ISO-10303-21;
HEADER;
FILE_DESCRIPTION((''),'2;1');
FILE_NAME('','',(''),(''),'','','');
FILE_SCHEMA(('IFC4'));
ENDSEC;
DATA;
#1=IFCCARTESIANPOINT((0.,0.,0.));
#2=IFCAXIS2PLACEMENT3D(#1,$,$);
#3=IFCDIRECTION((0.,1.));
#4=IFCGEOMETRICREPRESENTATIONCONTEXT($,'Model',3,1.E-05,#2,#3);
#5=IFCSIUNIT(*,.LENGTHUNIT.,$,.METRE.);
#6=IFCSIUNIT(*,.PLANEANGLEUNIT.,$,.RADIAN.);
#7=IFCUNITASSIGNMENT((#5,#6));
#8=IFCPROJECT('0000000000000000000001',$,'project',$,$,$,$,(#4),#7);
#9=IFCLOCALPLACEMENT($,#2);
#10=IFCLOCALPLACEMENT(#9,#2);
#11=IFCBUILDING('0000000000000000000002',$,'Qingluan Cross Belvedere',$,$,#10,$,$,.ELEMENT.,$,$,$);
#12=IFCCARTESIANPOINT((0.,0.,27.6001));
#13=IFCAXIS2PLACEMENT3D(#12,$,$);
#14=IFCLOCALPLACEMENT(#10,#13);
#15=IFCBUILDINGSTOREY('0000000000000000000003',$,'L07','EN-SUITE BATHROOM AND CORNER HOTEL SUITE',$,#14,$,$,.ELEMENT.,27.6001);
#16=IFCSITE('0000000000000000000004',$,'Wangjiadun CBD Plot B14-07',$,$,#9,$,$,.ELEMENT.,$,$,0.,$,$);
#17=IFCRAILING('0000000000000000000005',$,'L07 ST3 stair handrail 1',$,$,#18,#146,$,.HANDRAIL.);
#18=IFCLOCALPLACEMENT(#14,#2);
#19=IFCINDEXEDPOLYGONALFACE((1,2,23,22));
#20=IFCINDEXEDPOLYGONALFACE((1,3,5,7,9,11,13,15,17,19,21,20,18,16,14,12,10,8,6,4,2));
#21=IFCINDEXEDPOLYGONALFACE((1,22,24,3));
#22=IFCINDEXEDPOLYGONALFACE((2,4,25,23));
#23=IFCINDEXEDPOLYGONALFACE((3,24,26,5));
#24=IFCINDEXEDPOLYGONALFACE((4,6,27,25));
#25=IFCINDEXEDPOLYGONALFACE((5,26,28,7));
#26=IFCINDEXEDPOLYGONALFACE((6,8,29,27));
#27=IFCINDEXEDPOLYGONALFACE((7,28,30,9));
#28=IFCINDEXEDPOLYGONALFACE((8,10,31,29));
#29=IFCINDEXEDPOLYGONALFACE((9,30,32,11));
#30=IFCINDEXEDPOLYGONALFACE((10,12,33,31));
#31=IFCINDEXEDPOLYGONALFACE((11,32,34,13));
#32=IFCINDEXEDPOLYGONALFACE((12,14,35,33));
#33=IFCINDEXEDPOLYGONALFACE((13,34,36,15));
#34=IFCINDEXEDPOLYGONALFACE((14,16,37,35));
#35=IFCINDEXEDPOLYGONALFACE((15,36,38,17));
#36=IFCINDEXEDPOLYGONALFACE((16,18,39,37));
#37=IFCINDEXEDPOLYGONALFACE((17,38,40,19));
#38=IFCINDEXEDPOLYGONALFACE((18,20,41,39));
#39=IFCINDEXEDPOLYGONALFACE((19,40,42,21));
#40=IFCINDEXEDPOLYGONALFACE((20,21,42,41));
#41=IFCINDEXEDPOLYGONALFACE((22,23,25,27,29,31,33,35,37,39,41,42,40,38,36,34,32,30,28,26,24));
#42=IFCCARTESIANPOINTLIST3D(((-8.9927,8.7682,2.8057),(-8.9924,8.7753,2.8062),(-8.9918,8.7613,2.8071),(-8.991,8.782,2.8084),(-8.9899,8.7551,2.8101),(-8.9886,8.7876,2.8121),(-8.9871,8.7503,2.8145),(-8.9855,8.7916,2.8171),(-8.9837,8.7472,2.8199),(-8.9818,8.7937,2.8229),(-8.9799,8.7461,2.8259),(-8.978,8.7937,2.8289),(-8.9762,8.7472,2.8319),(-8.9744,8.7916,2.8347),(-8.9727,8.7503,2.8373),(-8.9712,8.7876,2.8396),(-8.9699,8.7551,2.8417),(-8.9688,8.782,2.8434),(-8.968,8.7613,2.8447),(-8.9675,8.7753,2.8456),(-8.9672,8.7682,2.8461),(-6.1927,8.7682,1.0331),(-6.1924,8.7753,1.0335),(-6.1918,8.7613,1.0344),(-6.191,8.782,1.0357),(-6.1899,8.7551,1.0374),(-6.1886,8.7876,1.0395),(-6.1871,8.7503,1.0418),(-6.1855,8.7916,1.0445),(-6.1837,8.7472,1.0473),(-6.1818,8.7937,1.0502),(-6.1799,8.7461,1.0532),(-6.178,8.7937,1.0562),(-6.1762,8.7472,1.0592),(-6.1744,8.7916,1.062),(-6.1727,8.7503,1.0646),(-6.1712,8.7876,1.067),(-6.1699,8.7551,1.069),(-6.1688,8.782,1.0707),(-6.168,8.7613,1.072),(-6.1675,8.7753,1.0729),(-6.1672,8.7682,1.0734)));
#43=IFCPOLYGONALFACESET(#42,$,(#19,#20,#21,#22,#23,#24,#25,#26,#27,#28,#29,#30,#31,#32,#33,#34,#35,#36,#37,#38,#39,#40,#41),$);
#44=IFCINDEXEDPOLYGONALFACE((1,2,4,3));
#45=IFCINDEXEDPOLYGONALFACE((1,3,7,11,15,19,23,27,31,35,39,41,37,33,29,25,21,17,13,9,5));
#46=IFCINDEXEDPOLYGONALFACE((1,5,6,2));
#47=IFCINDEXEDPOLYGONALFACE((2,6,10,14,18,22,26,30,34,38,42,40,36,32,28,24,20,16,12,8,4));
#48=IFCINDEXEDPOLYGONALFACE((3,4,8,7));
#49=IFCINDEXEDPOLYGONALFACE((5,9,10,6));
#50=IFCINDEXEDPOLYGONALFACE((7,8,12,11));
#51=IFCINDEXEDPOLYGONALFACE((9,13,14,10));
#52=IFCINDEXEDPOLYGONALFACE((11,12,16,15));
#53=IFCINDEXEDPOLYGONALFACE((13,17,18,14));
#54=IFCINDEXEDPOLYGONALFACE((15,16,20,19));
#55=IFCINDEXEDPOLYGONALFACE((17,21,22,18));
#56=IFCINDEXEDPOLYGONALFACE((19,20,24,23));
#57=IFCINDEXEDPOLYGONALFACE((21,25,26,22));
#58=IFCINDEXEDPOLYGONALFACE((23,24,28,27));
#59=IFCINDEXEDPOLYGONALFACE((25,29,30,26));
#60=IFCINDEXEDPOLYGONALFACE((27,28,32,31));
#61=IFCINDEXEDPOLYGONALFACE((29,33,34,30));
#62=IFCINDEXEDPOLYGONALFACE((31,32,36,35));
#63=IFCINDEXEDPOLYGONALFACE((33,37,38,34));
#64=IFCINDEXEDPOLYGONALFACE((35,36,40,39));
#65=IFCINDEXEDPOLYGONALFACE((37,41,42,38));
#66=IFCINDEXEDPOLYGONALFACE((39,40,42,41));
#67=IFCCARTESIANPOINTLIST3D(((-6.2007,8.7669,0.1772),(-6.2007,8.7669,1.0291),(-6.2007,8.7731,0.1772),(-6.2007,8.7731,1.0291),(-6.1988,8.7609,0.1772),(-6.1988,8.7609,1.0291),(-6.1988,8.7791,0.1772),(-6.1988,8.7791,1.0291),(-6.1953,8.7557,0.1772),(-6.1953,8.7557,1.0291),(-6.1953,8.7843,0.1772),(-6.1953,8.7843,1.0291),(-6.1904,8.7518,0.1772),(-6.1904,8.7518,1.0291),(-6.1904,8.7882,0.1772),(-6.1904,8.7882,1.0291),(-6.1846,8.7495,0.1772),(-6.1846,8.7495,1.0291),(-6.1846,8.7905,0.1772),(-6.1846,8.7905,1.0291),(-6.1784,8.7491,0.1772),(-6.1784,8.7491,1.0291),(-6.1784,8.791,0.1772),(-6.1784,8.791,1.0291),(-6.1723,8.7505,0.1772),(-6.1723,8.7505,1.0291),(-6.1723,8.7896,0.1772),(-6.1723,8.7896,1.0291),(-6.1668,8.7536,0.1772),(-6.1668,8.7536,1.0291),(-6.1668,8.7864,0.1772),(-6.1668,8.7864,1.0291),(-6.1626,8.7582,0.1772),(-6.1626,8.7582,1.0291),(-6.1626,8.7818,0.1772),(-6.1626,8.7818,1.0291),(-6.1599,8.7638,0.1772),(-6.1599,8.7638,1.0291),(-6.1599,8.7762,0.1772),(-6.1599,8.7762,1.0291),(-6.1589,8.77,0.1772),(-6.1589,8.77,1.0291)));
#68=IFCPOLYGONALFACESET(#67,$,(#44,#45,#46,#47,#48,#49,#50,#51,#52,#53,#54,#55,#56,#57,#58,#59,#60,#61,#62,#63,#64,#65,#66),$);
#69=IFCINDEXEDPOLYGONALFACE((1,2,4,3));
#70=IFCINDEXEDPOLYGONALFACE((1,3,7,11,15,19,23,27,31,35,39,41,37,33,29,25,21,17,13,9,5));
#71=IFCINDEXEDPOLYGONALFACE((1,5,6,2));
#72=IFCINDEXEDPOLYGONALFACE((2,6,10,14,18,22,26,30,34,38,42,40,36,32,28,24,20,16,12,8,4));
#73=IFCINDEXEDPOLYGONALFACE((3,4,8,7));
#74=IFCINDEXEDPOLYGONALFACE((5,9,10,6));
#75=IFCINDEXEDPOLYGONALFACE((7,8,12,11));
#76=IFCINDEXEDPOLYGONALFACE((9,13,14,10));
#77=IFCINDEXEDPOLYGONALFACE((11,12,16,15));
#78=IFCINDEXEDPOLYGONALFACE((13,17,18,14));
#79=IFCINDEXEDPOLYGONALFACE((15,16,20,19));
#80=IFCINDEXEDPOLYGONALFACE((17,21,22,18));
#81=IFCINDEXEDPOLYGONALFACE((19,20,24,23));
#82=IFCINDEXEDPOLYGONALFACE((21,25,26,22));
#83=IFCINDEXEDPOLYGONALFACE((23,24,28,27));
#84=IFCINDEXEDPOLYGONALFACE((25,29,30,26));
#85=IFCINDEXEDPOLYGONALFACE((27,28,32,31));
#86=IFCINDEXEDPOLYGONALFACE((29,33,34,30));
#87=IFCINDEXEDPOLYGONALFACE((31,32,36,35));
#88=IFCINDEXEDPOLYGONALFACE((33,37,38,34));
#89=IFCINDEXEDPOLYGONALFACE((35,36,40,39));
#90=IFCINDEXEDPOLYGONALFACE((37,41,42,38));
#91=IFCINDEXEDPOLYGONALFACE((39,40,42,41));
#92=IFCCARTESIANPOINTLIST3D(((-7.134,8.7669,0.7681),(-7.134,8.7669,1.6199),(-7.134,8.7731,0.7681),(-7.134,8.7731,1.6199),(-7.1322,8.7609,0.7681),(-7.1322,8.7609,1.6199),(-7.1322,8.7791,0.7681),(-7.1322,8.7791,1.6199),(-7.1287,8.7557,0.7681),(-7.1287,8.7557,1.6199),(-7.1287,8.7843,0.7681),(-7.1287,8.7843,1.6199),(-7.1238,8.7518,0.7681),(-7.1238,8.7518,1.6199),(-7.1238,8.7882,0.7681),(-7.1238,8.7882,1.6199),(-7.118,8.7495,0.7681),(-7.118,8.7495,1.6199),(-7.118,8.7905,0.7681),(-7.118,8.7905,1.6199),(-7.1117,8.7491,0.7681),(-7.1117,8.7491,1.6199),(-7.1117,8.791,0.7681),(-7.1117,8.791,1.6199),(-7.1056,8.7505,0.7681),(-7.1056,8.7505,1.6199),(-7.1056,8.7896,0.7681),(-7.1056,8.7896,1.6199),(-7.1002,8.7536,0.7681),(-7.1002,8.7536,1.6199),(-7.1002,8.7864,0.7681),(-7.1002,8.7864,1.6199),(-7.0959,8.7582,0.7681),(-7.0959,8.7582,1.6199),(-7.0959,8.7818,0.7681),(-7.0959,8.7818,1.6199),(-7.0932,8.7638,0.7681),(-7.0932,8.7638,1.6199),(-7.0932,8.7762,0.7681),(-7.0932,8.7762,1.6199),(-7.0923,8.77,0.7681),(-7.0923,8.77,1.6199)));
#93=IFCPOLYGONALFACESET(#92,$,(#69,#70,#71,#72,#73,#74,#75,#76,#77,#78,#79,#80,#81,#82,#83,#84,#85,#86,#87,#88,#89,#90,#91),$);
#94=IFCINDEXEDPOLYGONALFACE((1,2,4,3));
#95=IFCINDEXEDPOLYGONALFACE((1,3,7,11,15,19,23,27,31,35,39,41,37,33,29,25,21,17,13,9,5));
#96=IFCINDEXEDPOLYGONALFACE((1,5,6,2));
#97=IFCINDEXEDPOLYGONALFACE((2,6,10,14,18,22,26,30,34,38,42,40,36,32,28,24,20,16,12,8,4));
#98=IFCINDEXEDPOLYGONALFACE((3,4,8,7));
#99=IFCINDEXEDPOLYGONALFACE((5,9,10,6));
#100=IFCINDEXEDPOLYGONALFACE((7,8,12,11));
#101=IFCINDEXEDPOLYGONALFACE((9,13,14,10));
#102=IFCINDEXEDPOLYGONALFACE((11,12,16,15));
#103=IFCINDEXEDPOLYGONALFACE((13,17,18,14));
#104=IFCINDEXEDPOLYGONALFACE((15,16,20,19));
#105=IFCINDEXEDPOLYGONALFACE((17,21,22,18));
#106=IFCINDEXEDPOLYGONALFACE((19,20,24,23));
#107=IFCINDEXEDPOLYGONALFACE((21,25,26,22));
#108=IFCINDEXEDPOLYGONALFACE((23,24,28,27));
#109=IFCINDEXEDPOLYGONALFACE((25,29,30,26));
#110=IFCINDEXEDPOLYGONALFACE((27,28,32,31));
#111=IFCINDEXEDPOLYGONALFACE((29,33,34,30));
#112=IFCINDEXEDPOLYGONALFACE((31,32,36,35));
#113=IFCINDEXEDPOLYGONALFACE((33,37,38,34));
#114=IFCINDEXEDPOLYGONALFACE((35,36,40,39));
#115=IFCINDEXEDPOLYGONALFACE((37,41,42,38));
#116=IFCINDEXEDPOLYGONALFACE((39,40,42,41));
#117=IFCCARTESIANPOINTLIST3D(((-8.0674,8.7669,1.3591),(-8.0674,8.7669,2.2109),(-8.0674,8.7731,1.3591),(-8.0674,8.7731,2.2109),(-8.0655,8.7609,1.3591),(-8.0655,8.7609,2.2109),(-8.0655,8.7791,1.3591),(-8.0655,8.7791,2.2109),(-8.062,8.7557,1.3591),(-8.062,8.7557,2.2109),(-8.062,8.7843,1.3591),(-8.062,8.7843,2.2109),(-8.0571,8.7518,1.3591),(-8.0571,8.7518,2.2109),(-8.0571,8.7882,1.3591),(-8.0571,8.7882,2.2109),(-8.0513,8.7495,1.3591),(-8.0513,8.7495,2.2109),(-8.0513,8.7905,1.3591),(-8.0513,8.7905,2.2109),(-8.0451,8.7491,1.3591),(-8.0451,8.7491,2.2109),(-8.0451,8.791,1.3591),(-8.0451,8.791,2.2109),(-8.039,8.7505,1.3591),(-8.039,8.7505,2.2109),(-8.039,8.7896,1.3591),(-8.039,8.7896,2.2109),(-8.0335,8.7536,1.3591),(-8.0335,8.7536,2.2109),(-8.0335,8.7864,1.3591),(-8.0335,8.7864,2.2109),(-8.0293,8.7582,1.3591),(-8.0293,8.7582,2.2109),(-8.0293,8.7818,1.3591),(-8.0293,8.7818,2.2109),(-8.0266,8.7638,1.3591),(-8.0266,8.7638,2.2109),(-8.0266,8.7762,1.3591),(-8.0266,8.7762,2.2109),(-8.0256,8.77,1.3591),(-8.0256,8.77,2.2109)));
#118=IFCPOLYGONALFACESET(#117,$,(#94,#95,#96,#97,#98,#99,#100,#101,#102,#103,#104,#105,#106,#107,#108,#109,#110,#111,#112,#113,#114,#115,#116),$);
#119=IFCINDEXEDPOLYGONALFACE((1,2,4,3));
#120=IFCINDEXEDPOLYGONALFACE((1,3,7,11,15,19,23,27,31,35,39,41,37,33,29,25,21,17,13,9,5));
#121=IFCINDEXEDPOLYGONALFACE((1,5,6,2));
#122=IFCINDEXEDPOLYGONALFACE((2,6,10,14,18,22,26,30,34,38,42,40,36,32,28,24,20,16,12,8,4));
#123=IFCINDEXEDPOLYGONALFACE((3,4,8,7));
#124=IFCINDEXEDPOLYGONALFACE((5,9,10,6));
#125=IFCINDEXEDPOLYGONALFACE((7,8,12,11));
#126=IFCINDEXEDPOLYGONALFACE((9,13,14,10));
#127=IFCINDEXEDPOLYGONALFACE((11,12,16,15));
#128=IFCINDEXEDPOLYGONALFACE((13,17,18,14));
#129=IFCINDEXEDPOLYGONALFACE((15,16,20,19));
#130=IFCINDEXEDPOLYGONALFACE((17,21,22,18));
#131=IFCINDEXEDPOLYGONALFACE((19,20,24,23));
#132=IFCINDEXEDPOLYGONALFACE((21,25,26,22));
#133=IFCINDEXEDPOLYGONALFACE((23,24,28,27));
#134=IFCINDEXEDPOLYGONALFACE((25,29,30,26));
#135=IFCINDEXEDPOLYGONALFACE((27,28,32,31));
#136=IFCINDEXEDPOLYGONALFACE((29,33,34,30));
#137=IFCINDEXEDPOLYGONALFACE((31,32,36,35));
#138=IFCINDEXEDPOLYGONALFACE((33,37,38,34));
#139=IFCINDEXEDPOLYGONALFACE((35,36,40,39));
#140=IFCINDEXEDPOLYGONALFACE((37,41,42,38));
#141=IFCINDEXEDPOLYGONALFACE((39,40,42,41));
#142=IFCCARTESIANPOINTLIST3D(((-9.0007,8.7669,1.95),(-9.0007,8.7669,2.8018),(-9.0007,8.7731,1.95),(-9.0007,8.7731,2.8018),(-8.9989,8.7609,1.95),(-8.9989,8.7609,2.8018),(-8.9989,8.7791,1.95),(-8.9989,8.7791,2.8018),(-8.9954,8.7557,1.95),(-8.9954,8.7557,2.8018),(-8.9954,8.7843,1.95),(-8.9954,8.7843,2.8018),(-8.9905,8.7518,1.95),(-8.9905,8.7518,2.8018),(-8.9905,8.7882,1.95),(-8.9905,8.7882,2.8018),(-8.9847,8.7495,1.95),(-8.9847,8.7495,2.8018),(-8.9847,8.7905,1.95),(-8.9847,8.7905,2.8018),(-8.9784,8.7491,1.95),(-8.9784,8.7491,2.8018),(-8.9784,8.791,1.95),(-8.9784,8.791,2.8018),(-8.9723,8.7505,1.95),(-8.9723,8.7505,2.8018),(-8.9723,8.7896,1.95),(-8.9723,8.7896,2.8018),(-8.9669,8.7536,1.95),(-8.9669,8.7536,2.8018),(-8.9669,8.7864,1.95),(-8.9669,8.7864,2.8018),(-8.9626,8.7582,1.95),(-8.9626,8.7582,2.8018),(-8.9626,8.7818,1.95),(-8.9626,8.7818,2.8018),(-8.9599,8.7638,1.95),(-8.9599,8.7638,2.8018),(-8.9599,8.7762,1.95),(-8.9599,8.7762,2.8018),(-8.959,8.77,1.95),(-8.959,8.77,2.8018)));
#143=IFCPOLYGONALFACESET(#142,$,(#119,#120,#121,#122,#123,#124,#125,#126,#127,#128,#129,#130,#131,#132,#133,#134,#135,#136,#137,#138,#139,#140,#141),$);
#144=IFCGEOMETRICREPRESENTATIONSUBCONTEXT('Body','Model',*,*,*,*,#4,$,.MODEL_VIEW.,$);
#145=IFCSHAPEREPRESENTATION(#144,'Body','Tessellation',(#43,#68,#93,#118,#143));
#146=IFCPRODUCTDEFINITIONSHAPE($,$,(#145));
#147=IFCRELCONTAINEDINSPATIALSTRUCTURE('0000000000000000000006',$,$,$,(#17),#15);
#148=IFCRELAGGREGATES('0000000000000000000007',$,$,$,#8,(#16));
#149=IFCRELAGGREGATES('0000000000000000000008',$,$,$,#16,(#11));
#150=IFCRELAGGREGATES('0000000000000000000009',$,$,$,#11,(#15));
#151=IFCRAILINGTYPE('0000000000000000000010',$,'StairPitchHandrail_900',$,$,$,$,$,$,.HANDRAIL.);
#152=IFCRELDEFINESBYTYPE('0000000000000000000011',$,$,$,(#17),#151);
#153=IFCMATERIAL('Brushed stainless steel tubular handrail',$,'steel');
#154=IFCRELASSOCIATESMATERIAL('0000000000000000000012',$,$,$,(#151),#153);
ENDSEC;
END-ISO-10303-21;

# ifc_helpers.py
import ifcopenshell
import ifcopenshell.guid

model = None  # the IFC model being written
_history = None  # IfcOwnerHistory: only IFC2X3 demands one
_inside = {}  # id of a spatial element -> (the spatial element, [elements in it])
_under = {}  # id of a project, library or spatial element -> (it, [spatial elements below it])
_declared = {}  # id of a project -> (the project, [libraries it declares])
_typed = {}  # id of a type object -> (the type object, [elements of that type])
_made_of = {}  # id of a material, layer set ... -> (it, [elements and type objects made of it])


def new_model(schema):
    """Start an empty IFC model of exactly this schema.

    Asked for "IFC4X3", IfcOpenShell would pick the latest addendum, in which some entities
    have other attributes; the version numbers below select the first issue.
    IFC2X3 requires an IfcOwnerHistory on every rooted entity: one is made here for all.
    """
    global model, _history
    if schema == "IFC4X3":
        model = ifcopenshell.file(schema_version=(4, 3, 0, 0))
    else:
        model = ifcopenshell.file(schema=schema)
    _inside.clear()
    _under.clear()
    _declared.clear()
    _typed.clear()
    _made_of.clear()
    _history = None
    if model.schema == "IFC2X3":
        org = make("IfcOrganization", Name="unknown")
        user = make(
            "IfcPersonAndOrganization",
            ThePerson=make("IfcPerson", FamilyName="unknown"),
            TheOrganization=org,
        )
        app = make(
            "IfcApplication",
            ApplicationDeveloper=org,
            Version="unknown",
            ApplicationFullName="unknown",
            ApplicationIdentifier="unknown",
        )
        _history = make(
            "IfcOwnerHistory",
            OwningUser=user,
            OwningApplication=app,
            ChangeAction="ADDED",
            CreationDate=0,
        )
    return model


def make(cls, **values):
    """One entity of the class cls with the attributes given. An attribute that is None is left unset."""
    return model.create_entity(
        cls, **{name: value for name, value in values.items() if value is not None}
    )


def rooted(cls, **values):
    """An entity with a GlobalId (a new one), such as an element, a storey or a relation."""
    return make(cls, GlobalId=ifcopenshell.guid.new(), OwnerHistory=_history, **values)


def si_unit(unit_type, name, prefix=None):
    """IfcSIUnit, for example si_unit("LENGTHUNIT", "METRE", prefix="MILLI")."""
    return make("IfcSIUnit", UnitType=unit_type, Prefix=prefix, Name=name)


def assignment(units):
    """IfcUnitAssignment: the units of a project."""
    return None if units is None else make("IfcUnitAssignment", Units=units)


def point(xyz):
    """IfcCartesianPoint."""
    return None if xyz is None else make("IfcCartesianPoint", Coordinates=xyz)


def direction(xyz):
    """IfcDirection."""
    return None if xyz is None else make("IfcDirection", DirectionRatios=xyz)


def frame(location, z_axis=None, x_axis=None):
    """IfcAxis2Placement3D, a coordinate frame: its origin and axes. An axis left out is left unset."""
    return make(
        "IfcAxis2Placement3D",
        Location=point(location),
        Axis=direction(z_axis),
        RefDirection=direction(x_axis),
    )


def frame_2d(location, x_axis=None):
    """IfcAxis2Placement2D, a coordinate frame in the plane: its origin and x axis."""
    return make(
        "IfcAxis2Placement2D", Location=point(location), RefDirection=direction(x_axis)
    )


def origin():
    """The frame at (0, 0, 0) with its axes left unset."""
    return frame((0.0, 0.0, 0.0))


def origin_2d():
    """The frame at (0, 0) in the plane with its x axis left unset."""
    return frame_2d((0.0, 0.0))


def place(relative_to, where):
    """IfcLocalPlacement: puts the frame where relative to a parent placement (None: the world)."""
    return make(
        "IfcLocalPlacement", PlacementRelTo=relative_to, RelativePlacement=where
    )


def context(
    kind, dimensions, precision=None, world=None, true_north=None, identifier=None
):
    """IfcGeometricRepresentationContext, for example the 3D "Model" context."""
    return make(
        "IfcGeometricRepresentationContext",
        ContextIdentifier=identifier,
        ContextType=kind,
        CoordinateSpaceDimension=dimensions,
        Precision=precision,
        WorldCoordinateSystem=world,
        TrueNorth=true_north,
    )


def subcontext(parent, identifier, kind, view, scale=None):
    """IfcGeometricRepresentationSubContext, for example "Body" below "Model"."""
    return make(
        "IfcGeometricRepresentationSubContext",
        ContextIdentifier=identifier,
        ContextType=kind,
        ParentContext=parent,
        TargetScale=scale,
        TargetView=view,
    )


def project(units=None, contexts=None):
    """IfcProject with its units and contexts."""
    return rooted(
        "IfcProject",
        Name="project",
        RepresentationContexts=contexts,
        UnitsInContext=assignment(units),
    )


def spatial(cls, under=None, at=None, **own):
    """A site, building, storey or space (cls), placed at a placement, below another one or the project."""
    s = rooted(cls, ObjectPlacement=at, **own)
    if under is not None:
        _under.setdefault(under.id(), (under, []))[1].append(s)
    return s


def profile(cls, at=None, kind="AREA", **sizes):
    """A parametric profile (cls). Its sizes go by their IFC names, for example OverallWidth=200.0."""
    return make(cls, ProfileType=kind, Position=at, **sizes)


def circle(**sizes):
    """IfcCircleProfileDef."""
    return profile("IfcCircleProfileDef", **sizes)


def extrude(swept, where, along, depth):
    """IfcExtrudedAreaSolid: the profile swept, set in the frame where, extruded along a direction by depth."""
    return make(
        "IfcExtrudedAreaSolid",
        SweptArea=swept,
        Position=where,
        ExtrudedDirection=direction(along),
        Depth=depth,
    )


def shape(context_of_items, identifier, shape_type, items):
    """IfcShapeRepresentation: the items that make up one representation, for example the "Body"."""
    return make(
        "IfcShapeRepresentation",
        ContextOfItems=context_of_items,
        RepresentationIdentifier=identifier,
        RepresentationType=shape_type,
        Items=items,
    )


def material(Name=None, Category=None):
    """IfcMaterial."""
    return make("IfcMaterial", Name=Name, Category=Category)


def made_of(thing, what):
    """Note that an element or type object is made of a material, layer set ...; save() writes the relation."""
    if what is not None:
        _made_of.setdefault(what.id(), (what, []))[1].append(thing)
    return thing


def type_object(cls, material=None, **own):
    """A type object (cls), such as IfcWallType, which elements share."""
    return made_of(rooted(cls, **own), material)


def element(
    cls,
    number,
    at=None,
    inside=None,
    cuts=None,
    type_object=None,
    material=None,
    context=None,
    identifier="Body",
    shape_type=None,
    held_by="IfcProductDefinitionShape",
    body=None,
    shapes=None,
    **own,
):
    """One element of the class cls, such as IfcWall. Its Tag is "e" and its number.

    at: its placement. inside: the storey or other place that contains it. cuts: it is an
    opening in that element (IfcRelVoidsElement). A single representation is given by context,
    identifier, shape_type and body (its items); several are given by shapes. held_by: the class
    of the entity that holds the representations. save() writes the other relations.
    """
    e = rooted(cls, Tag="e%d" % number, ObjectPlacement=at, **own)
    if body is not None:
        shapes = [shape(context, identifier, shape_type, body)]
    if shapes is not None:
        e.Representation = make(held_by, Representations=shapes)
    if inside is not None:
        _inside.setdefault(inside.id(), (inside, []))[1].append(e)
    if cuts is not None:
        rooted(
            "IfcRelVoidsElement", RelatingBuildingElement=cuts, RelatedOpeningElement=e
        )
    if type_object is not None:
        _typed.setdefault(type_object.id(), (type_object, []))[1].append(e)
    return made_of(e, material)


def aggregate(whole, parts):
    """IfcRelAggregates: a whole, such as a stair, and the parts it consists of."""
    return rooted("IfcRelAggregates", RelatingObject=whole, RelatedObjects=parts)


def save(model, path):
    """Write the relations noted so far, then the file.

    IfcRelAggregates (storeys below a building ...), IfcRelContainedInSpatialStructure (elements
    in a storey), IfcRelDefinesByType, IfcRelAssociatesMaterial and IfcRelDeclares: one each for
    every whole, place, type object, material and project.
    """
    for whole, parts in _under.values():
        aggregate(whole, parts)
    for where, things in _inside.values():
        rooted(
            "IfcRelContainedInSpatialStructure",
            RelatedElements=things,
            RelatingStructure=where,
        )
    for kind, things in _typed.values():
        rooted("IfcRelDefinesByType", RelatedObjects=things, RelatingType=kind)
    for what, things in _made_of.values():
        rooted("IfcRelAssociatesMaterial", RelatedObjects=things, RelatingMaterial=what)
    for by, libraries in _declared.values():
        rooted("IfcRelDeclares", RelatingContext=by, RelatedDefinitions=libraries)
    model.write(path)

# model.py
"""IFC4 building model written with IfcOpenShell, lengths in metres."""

from ifc_helpers import new_model, si_unit, direction, frame, origin, origin_2d, place, context, subcontext, project, spatial, circle, extrude, material, type_object, element, save


model = new_model("IFC4")

# Units and contexts
model_context = context("Model", 3, precision=1e-05, world=origin(), true_north=direction((0.0, 1.0)))
body_context = subcontext(model_context, "Body", "Model", "MODEL_VIEW")
ifc_project = project(units=[si_unit("LENGTHUNIT", "METRE"), si_unit("PLANEANGLEUNIT", "RADIAN")], contexts=[model_context])

# Site, building, storey
site_placement = place(None, origin())
site = spatial("IfcSite", under=ifc_project, at=site_placement, Name="Wangjiadun CBD Plot B14-07", CompositionType="ELEMENT", RefElevation=0.0)
building_placement = place(site_placement, origin())
building = spatial("IfcBuilding", under=site, at=building_placement, Name="Qingluan Cross Belvedere", CompositionType="ELEMENT")
storey_placement = place(building_placement, frame((0.0, 0.0, 27.6001)))
storey = spatial("IfcBuildingStorey", under=building, at=storey_placement, Name="L07", Description="EN-SUITE BATHROOM AND CORNER HOTEL SUITE", CompositionType="ELEMENT", Elevation=27.6001)

# Railing
ifc_material_1 = material(Name="Brushed stainless steel tubular handrail", Category="steel")
railing_type_1 = type_object("IfcRailingType", Name="StairPitchHandrail_900", PredefinedType="HANDRAIL", material=ifc_material_1)
railing_1_placement = place(storey_placement, frame((-6.1799, 8.77, 0.1772)))
element("IfcRailing", 1, at=railing_1_placement, inside=storey, type_object=railing_type_1, Name="L07 ST3 stair handrail 1", PredefinedType="HANDRAIL", context=body_context, shape_type="SweptSolid", body=[
    extrude(circle(Radius=0.0239, at=origin_2d()), frame((0.0, 0.0, 0.876), z_axis=(-0.844909, 0.0, 0.53491), x_axis=(0.0, -1.0, 0.0)), (0.0, 0.0, 1.0), 3.314),
    extrude(circle(Radius=0.021, at=origin_2d()), origin(), (0.0, 0.0, 1.0), 0.8518),
    extrude(circle(Radius=0.021, at=origin_2d()), frame((-0.9333, 0.0, 0.5908)), (0.0, 0.0, 1.0), 0.8518),
    extrude(circle(Radius=0.021, at=origin_2d()), frame((-1.8667, 0.0, 1.1819)), (0.0, 0.0, 1.0), 0.8518),
    extrude(circle(Radius=0.021, at=origin_2d()), frame((-2.8, 0.0, 1.7727)), (0.0, 0.0, 1.0), 0.8518),
])

save(model, "model.ifc")
